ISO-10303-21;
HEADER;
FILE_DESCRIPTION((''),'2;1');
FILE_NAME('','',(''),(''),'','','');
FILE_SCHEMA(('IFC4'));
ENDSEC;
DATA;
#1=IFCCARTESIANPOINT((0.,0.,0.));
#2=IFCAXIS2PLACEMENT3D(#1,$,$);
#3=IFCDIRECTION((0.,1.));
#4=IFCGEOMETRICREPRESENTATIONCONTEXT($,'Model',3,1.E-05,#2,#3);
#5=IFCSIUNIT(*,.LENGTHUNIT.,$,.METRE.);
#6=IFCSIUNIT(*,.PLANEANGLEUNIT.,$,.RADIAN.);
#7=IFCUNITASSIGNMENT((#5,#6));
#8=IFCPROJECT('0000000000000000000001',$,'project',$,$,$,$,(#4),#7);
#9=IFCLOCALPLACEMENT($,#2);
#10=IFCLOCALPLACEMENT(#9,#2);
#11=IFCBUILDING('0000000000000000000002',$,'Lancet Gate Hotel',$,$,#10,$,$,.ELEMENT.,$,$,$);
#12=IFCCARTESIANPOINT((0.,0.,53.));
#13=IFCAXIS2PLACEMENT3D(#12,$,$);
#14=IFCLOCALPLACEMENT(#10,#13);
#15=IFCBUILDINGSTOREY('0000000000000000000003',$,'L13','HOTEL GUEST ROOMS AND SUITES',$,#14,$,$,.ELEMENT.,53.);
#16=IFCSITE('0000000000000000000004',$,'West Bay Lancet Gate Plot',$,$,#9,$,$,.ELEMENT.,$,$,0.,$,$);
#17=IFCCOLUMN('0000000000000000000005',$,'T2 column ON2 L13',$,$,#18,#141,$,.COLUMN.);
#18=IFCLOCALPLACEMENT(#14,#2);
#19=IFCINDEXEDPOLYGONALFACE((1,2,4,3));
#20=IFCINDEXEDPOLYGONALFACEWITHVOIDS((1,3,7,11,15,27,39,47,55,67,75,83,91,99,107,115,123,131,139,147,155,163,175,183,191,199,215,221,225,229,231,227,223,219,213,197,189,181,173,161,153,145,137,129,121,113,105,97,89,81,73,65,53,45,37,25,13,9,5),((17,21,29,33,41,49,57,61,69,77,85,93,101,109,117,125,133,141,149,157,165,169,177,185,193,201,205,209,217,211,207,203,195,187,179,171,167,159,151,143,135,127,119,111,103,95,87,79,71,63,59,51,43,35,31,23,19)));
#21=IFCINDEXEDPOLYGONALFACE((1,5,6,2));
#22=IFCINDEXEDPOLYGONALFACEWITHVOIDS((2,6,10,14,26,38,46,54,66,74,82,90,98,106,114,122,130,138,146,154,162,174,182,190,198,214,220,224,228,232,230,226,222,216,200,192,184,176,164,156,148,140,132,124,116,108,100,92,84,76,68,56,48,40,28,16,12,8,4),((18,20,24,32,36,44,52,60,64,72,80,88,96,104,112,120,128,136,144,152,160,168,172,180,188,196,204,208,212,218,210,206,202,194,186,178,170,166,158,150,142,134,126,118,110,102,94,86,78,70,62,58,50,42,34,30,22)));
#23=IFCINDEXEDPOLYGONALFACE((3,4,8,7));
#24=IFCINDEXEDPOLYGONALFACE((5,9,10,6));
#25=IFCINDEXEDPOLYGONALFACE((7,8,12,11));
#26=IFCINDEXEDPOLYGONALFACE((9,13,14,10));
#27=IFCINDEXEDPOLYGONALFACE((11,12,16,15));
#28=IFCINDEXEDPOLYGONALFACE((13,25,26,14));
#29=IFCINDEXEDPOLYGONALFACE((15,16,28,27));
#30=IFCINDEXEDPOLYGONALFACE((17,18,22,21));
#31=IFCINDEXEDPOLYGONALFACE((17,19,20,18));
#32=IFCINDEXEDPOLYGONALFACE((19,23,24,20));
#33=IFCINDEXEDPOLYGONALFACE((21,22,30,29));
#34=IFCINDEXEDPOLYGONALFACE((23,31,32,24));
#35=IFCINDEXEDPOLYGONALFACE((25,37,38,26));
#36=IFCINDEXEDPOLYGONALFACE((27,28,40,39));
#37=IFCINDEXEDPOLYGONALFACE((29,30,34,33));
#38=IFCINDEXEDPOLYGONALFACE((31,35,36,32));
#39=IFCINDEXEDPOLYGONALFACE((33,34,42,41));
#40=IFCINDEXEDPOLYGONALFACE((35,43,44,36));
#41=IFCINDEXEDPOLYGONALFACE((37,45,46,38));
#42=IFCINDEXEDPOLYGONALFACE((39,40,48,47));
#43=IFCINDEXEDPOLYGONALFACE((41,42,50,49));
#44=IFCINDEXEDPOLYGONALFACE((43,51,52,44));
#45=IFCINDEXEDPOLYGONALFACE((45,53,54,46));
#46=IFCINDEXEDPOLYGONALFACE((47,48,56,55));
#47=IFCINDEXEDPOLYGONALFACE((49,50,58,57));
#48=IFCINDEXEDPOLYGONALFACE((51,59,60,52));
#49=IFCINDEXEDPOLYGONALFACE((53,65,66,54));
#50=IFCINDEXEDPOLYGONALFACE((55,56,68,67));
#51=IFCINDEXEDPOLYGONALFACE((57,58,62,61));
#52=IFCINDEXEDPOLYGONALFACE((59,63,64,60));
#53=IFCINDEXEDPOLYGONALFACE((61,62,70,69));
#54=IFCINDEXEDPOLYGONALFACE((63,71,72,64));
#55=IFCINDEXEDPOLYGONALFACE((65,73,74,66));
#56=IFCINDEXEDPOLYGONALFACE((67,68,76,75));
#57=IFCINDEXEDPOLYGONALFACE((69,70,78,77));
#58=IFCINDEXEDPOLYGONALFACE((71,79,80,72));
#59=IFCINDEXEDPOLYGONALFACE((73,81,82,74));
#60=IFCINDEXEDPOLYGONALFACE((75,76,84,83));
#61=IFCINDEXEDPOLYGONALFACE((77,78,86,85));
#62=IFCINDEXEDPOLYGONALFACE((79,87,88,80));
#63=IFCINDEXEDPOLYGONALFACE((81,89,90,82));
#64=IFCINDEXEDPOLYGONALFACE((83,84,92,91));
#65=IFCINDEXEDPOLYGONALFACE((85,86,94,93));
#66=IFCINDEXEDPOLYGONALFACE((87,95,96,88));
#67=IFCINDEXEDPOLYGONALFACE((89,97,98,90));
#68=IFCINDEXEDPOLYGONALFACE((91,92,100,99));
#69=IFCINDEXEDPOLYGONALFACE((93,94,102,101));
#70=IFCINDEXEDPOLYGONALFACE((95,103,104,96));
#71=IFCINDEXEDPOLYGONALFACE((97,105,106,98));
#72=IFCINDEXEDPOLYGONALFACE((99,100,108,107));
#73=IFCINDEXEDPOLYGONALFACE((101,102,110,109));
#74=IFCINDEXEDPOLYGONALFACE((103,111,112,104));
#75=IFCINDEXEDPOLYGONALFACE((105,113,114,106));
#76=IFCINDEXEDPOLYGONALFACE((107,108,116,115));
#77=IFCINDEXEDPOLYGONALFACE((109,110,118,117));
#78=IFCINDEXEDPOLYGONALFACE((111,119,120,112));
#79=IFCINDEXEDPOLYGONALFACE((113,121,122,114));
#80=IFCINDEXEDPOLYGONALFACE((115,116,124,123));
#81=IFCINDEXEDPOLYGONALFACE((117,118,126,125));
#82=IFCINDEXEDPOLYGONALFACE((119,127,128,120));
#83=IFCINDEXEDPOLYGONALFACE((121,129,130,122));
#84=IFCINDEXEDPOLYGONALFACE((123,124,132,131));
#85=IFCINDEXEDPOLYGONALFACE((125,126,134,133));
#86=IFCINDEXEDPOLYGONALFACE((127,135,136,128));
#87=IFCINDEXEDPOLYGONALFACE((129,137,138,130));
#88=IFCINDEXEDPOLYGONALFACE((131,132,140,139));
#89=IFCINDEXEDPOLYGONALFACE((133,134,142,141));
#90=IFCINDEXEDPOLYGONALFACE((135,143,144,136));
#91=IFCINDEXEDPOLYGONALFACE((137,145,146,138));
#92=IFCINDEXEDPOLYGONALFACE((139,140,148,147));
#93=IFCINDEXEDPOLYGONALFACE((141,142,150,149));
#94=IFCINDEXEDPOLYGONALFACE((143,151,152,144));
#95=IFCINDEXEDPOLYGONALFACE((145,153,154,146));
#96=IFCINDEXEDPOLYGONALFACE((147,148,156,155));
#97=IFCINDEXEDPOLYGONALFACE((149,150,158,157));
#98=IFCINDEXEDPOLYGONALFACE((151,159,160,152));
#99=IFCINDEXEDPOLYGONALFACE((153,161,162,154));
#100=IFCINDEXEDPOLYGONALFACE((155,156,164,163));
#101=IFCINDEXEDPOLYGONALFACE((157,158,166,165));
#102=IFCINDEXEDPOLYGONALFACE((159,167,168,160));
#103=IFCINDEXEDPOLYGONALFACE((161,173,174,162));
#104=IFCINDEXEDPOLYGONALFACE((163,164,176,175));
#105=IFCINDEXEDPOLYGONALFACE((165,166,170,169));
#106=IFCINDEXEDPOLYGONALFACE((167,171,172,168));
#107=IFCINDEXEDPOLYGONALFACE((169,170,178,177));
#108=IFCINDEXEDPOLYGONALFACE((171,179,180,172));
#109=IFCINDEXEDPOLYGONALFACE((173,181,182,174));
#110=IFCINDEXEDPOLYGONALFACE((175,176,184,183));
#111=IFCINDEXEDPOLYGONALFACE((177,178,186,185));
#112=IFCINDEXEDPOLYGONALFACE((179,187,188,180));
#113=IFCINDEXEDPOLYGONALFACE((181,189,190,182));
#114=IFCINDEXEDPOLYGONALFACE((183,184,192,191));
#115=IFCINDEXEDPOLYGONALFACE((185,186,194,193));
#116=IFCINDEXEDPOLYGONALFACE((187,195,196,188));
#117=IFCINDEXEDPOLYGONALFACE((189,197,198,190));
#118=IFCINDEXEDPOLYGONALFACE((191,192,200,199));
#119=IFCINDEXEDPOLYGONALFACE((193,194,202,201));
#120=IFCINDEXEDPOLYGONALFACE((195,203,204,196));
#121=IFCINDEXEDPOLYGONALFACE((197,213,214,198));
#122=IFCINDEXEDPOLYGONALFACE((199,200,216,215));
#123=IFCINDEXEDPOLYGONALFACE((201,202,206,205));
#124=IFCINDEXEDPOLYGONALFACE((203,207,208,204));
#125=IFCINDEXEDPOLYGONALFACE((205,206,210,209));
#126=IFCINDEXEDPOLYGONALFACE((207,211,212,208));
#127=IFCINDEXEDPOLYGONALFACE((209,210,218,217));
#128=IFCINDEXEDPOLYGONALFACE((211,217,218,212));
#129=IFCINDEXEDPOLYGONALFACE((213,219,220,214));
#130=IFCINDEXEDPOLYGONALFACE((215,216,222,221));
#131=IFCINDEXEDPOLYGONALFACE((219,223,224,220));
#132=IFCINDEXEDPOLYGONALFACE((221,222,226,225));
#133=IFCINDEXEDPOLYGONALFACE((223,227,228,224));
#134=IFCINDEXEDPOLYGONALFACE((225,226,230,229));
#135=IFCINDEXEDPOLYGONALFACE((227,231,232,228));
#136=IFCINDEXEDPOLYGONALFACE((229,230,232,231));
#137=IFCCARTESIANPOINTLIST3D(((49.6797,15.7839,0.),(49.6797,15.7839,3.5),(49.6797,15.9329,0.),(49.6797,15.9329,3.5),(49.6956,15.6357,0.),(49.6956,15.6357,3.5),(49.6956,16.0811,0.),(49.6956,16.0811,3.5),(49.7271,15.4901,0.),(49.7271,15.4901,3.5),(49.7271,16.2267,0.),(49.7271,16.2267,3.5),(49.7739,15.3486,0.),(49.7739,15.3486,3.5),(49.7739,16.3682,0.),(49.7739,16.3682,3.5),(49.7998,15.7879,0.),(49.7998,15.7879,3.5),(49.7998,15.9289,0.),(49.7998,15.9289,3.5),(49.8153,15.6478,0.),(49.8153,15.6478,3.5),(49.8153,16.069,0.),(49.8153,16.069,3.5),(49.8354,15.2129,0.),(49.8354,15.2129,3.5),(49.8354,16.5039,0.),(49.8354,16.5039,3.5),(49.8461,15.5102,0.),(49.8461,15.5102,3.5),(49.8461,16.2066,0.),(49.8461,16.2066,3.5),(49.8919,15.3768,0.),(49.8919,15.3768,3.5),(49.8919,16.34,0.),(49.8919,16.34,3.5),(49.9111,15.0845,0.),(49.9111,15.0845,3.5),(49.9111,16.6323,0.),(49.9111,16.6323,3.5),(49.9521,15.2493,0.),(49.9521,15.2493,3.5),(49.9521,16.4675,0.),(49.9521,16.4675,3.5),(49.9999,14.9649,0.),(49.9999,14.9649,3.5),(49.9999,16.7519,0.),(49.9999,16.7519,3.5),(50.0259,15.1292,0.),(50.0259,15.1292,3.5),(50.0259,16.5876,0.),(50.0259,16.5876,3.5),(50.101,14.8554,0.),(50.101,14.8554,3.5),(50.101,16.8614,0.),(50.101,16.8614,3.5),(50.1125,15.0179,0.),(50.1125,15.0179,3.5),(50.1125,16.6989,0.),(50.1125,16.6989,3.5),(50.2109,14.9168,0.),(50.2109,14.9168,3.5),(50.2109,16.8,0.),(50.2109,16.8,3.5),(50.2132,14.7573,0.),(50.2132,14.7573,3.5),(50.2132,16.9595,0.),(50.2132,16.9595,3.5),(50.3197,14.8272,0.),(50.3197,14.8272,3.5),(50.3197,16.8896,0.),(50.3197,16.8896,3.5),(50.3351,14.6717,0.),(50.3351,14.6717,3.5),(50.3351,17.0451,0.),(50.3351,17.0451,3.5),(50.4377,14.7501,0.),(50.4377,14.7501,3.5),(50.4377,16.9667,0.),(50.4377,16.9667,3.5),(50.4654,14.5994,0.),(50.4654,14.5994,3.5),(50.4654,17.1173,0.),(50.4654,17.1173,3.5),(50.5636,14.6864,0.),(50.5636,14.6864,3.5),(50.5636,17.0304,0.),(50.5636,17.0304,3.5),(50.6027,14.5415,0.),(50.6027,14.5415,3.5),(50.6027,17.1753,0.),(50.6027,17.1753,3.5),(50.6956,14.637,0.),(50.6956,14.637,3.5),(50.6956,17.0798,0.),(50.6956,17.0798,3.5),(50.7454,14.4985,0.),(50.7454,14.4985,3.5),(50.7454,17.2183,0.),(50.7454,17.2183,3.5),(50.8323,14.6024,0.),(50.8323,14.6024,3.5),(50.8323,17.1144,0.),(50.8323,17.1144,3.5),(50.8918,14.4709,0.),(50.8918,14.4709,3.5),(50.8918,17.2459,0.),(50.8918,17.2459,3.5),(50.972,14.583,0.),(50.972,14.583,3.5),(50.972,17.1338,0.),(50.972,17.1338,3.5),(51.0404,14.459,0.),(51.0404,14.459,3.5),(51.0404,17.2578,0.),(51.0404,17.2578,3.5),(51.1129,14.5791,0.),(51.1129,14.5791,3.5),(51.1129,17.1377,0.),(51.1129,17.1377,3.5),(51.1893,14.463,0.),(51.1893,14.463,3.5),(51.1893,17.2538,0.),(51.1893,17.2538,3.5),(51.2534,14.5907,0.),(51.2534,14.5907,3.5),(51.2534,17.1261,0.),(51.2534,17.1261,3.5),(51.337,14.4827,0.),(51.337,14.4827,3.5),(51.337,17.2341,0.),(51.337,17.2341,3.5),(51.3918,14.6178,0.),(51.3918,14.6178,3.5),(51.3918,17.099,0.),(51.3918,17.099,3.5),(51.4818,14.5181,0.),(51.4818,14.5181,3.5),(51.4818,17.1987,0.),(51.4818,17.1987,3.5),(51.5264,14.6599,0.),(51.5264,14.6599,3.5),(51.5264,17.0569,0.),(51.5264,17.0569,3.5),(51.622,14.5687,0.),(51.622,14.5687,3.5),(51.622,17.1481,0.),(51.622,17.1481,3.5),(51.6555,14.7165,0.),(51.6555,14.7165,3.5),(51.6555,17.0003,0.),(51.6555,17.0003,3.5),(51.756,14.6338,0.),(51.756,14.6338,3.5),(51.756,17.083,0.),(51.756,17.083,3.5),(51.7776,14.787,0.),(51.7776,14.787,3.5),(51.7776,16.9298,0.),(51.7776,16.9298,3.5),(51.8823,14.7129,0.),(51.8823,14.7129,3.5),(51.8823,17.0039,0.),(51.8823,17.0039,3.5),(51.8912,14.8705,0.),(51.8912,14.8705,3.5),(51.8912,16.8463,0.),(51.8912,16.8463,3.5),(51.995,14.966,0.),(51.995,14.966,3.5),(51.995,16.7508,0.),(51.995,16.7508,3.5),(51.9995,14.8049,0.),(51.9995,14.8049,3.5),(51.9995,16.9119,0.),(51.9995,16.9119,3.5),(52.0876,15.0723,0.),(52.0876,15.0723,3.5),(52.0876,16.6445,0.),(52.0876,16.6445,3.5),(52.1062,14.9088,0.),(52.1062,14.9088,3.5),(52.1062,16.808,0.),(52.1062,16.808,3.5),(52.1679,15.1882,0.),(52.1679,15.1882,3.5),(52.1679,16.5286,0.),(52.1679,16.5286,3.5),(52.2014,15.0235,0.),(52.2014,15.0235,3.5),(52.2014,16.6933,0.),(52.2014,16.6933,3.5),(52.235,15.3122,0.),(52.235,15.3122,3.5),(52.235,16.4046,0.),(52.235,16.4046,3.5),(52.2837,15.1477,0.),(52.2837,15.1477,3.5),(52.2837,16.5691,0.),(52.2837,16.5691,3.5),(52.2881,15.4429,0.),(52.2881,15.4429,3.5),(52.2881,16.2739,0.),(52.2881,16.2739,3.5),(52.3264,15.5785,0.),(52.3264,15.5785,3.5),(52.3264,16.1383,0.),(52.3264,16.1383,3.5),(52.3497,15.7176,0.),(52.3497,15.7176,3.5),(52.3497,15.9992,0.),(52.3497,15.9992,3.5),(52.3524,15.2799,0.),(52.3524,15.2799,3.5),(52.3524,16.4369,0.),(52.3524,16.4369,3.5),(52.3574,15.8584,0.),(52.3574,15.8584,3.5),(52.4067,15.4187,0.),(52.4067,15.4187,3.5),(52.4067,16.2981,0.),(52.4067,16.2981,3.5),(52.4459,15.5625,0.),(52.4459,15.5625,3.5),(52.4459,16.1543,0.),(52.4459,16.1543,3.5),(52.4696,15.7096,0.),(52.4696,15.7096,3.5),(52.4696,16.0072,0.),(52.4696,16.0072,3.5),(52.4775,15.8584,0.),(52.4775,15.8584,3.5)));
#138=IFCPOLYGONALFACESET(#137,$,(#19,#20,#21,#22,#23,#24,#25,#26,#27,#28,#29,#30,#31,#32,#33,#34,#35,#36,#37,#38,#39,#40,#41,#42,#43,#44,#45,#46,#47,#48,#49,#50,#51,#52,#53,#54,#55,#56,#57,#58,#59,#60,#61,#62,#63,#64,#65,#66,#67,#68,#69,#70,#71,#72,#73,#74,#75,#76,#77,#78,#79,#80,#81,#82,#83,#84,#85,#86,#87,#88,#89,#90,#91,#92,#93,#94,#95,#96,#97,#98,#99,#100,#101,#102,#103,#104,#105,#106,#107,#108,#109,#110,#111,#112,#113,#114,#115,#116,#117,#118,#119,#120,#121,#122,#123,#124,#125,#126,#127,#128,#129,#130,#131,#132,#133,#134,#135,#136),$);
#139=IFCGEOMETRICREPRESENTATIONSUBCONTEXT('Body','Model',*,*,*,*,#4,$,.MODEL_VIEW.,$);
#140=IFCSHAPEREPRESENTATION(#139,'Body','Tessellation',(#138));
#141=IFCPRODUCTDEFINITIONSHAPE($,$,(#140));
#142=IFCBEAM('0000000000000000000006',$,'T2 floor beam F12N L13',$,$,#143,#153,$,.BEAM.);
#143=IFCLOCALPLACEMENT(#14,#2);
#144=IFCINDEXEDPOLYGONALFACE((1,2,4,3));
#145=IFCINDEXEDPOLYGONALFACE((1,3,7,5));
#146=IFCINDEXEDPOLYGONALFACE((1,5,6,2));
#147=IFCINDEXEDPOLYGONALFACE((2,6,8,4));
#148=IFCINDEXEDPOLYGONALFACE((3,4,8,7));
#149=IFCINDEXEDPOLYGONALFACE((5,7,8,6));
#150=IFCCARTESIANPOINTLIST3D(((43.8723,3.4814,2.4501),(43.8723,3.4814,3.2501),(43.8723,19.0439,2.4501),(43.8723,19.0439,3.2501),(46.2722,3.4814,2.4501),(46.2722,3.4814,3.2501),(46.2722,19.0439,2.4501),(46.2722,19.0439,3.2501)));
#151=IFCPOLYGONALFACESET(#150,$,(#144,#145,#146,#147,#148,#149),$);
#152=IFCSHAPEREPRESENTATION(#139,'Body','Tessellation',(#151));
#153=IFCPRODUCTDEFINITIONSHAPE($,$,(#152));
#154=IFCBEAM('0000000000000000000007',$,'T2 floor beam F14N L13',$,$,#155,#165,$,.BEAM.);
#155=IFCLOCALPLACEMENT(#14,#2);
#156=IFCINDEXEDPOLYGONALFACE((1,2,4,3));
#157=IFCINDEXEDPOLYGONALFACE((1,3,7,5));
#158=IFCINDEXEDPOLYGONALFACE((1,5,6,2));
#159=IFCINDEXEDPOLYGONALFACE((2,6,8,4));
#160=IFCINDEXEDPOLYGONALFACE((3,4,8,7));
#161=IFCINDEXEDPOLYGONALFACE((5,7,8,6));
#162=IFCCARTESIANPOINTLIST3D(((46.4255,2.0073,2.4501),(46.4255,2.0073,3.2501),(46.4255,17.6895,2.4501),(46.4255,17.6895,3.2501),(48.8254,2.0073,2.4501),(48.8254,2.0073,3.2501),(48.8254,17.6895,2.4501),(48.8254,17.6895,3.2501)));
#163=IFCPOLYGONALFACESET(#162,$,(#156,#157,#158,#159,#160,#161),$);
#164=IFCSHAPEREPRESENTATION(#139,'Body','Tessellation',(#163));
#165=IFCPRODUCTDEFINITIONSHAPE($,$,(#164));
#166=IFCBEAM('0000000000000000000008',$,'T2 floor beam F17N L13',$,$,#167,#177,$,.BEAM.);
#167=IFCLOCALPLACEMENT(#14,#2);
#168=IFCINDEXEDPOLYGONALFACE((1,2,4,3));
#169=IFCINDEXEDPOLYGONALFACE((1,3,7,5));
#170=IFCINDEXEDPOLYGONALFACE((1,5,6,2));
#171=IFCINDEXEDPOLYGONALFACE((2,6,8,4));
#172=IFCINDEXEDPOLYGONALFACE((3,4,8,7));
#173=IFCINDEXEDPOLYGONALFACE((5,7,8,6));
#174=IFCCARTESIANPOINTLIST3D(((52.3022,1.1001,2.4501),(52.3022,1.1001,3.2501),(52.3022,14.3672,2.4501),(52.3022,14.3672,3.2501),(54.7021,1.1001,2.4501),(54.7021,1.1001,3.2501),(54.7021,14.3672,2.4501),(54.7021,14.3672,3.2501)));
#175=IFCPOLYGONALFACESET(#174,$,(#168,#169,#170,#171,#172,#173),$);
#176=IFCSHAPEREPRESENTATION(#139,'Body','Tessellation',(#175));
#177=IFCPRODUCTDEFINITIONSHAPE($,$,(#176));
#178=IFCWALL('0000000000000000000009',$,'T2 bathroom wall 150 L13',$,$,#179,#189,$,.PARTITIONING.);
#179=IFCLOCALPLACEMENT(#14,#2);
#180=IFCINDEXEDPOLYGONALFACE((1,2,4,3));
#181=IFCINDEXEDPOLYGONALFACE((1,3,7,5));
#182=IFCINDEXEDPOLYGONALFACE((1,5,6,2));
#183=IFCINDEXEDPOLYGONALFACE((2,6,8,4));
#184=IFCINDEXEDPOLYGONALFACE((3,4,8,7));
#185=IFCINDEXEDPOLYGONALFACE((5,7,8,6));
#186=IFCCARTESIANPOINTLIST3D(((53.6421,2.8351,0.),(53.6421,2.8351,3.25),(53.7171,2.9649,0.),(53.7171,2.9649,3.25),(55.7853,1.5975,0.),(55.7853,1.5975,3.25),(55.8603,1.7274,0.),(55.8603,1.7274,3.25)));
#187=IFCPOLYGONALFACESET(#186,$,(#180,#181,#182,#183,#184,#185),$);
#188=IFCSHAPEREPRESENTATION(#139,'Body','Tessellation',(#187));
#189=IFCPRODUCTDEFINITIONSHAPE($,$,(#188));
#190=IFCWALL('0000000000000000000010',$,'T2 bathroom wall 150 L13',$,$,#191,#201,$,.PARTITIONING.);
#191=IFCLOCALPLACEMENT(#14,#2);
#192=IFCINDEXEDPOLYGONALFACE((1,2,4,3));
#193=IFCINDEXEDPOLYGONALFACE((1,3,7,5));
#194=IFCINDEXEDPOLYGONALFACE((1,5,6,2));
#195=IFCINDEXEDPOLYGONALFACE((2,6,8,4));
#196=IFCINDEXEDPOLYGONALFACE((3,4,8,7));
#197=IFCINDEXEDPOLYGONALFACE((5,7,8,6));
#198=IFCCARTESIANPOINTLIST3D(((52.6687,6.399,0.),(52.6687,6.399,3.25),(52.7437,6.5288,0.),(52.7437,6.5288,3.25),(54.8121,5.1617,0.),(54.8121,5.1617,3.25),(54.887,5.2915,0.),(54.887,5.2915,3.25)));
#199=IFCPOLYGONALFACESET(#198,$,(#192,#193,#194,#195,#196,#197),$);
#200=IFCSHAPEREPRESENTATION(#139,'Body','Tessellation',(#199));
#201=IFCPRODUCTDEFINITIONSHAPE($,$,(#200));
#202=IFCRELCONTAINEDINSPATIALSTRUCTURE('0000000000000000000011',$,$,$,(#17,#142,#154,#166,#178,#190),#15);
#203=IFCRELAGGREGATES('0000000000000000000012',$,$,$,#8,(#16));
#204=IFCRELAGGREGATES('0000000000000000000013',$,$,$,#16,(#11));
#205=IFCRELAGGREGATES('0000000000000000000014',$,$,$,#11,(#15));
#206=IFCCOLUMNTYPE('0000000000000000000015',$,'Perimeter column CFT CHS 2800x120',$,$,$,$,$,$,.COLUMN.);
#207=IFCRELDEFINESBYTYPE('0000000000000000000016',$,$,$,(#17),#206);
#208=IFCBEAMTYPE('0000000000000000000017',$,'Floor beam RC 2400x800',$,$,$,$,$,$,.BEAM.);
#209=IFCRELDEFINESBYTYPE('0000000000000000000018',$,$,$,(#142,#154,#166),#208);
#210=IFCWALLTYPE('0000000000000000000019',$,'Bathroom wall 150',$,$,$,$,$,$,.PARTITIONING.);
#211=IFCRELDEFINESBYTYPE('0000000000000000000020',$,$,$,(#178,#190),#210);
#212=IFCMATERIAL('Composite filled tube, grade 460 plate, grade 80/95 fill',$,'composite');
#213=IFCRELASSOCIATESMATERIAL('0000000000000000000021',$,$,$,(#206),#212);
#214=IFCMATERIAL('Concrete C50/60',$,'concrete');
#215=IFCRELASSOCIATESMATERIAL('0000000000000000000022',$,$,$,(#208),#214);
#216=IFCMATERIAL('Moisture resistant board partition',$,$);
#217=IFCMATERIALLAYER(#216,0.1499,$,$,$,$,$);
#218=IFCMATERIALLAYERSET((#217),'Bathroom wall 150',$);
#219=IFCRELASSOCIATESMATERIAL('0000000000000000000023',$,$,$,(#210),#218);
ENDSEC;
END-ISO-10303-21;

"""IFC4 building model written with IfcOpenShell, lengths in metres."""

from ifc_helpers import new_model, si_unit, direction, frame, frame_2d, origin, origin_2d, place, context, subcontext, project, spatial, rectangle, hollow_circle, extrude, material, layer, layer_set, material_profile, profile_set, type_object, element, save


model = new_model("IFC4")

# Units and contexts
model_context = context("Model", 3, precision=1e-05, world=origin(), true_north=direction((0.0, 1.0)))
body_context = subcontext(model_context, "Body", "Model", "MODEL_VIEW")
ifc_project = project(units=[si_unit("LENGTHUNIT", "METRE"), si_unit("PLANEANGLEUNIT", "RADIAN")], contexts=[model_context])

# Site, building, storey
site_placement = place(None, origin())
site = spatial("IfcSite", under=ifc_project, at=site_placement, Name="West Bay Lancet Gate Plot", CompositionType="ELEMENT", RefElevation=0.0)
building_placement = place(site_placement, origin())
building = spatial("IfcBuilding", under=site, at=building_placement, Name="Lancet Gate Hotel", CompositionType="ELEMENT")
storey_placement = place(building_placement, frame((0.0, 0.0, 53.0)))
storey = spatial("IfcBuildingStorey", under=building, at=storey_placement, Name="L13", Description="HOTEL GUEST ROOMS AND SUITES", CompositionType="ELEMENT", Elevation=53.0)

# Column
ifc_material_1 = material(Name="Composite filled tube, grade 460 plate, grade 80/95 fill", Category="composite")
ifc_material_profile_1 = material_profile(ifc_material_1, hollow_circle(Radius=1.3999, WallThickness=0.1201, at=origin_2d()), Name="CHS 2800x120")
ifc_profile_set_1 = profile_set([ifc_material_profile_1], Name="Composite filled tube, grade 460 plate, grade 80/95 fill")
column_type = type_object("IfcColumnType", Name="Perimeter column CFT CHS 2800x120", PredefinedType="COLUMN", material=ifc_profile_set_1)
column_placement = place(storey_placement, frame((51.0776, 15.8584, 0.0), z_axis=(0.0, 0.0, 1.0), x_axis=(1.0, 0.0, 0.0)))
element("IfcColumn", 1, at=column_placement, inside=storey, type_object=column_type, Name="T2 column ON2 L13", PredefinedType="COLUMN", context=body_context, shape_type="SweptSolid", body=[
    extrude(hollow_circle(Radius=1.3999, WallThickness=0.1201, at=origin_2d()), origin(), (0.0, 0.0, 1.0), 3.5),
])

# Beams
ifc_material_2 = material(Name="Concrete C50/60", Category="concrete")
ifc_material_profile_2 = material_profile(ifc_material_2, rectangle(XDim=2.3999, YDim=0.8, at=origin_2d()), Name="RC 2400x800")
ifc_profile_set_2 = profile_set([ifc_material_profile_2], Name="Concrete C50/60")
beam_type = type_object("IfcBeamType", Name="Floor beam RC 2400x800", PredefinedType="BEAM", material=ifc_profile_set_2)
beam_1_placement = place(storey_placement, frame((45.0723, 3.4814, 2.8501), z_axis=(0.0, 1.0, 0.0), x_axis=(-1.0, 0.0, 0.0)))
element("IfcBeam", 2, at=beam_1_placement, inside=storey, type_object=beam_type, Name="T2 floor beam F12N L13", PredefinedType="BEAM", context=body_context, shape_type="SweptSolid", body=[
    extrude(rectangle(XDim=2.3999, YDim=0.8, at=origin_2d()), origin(), (0.0, 0.0, 1.0), 15.5625),
])
beam_2_placement = place(storey_placement, frame((47.6255, 2.0073, 2.8501), z_axis=(0.0, 1.0, 0.0), x_axis=(-1.0, 0.0, 0.0)))
element("IfcBeam", 3, at=beam_2_placement, inside=storey, type_object=beam_type, Name="T2 floor beam F14N L13", PredefinedType="BEAM", context=body_context, shape_type="SweptSolid", body=[
    extrude(rectangle(XDim=2.3999, YDim=0.8, at=origin_2d()), origin(), (0.0, 0.0, 1.0), 15.6821),
])
beam_3_placement = place(storey_placement, frame((53.5022, 1.1001, 2.8501), z_axis=(0.0, 1.0, 0.0), x_axis=(-1.0, 0.0, 0.0)))
element("IfcBeam", 4, at=beam_3_placement, inside=storey, type_object=beam_type, Name="T2 floor beam F17N L13", PredefinedType="BEAM", context=body_context, shape_type="SweptSolid", body=[
    extrude(rectangle(XDim=2.3999, YDim=0.8, at=origin_2d()), origin(), (0.0, 0.0, 1.0), 13.2671),
])

# Walls
ifc_material_3 = material(Name="Moisture resistant board partition")
ifc_layer_1 = layer(ifc_material_3, 0.1499)
ifc_layer_set_1 = layer_set([ifc_layer_1], Name="Bathroom wall 150")
wall_type_1 = type_object("IfcWallType", Name="Bathroom wall 150", PredefinedType="PARTITIONING", material=ifc_layer_set_1)
for number, where, z_axis, x_axis, name in (
    (5, (53.6797, 2.8999, 0.0), (0.0, 0.0, 1.0), (0.866007, -0.500033, 0.0), "T2 bathroom wall 150 L13"),
    (6, (52.7063, 6.4639, 0.0), (0.0, 0.0, 1.0), (0.866049, -0.499959, 0.0), "T2 bathroom wall 150 L13"),
):
    element("IfcWall", number, at=place(storey_placement, frame(where, z_axis=z_axis, x_axis=x_axis)), inside=storey, type_object=wall_type_1, Name=name, PredefinedType="PARTITIONING", context=body_context, shape_type="SweptSolid", body=[
        extrude(rectangle(XDim=2.4749, YDim=0.1499, at=frame_2d((1.2373, 0.0))), origin(), (0.0, 0.0, 1.0), 3.25),
    ])

save(model, "model.ifc")
